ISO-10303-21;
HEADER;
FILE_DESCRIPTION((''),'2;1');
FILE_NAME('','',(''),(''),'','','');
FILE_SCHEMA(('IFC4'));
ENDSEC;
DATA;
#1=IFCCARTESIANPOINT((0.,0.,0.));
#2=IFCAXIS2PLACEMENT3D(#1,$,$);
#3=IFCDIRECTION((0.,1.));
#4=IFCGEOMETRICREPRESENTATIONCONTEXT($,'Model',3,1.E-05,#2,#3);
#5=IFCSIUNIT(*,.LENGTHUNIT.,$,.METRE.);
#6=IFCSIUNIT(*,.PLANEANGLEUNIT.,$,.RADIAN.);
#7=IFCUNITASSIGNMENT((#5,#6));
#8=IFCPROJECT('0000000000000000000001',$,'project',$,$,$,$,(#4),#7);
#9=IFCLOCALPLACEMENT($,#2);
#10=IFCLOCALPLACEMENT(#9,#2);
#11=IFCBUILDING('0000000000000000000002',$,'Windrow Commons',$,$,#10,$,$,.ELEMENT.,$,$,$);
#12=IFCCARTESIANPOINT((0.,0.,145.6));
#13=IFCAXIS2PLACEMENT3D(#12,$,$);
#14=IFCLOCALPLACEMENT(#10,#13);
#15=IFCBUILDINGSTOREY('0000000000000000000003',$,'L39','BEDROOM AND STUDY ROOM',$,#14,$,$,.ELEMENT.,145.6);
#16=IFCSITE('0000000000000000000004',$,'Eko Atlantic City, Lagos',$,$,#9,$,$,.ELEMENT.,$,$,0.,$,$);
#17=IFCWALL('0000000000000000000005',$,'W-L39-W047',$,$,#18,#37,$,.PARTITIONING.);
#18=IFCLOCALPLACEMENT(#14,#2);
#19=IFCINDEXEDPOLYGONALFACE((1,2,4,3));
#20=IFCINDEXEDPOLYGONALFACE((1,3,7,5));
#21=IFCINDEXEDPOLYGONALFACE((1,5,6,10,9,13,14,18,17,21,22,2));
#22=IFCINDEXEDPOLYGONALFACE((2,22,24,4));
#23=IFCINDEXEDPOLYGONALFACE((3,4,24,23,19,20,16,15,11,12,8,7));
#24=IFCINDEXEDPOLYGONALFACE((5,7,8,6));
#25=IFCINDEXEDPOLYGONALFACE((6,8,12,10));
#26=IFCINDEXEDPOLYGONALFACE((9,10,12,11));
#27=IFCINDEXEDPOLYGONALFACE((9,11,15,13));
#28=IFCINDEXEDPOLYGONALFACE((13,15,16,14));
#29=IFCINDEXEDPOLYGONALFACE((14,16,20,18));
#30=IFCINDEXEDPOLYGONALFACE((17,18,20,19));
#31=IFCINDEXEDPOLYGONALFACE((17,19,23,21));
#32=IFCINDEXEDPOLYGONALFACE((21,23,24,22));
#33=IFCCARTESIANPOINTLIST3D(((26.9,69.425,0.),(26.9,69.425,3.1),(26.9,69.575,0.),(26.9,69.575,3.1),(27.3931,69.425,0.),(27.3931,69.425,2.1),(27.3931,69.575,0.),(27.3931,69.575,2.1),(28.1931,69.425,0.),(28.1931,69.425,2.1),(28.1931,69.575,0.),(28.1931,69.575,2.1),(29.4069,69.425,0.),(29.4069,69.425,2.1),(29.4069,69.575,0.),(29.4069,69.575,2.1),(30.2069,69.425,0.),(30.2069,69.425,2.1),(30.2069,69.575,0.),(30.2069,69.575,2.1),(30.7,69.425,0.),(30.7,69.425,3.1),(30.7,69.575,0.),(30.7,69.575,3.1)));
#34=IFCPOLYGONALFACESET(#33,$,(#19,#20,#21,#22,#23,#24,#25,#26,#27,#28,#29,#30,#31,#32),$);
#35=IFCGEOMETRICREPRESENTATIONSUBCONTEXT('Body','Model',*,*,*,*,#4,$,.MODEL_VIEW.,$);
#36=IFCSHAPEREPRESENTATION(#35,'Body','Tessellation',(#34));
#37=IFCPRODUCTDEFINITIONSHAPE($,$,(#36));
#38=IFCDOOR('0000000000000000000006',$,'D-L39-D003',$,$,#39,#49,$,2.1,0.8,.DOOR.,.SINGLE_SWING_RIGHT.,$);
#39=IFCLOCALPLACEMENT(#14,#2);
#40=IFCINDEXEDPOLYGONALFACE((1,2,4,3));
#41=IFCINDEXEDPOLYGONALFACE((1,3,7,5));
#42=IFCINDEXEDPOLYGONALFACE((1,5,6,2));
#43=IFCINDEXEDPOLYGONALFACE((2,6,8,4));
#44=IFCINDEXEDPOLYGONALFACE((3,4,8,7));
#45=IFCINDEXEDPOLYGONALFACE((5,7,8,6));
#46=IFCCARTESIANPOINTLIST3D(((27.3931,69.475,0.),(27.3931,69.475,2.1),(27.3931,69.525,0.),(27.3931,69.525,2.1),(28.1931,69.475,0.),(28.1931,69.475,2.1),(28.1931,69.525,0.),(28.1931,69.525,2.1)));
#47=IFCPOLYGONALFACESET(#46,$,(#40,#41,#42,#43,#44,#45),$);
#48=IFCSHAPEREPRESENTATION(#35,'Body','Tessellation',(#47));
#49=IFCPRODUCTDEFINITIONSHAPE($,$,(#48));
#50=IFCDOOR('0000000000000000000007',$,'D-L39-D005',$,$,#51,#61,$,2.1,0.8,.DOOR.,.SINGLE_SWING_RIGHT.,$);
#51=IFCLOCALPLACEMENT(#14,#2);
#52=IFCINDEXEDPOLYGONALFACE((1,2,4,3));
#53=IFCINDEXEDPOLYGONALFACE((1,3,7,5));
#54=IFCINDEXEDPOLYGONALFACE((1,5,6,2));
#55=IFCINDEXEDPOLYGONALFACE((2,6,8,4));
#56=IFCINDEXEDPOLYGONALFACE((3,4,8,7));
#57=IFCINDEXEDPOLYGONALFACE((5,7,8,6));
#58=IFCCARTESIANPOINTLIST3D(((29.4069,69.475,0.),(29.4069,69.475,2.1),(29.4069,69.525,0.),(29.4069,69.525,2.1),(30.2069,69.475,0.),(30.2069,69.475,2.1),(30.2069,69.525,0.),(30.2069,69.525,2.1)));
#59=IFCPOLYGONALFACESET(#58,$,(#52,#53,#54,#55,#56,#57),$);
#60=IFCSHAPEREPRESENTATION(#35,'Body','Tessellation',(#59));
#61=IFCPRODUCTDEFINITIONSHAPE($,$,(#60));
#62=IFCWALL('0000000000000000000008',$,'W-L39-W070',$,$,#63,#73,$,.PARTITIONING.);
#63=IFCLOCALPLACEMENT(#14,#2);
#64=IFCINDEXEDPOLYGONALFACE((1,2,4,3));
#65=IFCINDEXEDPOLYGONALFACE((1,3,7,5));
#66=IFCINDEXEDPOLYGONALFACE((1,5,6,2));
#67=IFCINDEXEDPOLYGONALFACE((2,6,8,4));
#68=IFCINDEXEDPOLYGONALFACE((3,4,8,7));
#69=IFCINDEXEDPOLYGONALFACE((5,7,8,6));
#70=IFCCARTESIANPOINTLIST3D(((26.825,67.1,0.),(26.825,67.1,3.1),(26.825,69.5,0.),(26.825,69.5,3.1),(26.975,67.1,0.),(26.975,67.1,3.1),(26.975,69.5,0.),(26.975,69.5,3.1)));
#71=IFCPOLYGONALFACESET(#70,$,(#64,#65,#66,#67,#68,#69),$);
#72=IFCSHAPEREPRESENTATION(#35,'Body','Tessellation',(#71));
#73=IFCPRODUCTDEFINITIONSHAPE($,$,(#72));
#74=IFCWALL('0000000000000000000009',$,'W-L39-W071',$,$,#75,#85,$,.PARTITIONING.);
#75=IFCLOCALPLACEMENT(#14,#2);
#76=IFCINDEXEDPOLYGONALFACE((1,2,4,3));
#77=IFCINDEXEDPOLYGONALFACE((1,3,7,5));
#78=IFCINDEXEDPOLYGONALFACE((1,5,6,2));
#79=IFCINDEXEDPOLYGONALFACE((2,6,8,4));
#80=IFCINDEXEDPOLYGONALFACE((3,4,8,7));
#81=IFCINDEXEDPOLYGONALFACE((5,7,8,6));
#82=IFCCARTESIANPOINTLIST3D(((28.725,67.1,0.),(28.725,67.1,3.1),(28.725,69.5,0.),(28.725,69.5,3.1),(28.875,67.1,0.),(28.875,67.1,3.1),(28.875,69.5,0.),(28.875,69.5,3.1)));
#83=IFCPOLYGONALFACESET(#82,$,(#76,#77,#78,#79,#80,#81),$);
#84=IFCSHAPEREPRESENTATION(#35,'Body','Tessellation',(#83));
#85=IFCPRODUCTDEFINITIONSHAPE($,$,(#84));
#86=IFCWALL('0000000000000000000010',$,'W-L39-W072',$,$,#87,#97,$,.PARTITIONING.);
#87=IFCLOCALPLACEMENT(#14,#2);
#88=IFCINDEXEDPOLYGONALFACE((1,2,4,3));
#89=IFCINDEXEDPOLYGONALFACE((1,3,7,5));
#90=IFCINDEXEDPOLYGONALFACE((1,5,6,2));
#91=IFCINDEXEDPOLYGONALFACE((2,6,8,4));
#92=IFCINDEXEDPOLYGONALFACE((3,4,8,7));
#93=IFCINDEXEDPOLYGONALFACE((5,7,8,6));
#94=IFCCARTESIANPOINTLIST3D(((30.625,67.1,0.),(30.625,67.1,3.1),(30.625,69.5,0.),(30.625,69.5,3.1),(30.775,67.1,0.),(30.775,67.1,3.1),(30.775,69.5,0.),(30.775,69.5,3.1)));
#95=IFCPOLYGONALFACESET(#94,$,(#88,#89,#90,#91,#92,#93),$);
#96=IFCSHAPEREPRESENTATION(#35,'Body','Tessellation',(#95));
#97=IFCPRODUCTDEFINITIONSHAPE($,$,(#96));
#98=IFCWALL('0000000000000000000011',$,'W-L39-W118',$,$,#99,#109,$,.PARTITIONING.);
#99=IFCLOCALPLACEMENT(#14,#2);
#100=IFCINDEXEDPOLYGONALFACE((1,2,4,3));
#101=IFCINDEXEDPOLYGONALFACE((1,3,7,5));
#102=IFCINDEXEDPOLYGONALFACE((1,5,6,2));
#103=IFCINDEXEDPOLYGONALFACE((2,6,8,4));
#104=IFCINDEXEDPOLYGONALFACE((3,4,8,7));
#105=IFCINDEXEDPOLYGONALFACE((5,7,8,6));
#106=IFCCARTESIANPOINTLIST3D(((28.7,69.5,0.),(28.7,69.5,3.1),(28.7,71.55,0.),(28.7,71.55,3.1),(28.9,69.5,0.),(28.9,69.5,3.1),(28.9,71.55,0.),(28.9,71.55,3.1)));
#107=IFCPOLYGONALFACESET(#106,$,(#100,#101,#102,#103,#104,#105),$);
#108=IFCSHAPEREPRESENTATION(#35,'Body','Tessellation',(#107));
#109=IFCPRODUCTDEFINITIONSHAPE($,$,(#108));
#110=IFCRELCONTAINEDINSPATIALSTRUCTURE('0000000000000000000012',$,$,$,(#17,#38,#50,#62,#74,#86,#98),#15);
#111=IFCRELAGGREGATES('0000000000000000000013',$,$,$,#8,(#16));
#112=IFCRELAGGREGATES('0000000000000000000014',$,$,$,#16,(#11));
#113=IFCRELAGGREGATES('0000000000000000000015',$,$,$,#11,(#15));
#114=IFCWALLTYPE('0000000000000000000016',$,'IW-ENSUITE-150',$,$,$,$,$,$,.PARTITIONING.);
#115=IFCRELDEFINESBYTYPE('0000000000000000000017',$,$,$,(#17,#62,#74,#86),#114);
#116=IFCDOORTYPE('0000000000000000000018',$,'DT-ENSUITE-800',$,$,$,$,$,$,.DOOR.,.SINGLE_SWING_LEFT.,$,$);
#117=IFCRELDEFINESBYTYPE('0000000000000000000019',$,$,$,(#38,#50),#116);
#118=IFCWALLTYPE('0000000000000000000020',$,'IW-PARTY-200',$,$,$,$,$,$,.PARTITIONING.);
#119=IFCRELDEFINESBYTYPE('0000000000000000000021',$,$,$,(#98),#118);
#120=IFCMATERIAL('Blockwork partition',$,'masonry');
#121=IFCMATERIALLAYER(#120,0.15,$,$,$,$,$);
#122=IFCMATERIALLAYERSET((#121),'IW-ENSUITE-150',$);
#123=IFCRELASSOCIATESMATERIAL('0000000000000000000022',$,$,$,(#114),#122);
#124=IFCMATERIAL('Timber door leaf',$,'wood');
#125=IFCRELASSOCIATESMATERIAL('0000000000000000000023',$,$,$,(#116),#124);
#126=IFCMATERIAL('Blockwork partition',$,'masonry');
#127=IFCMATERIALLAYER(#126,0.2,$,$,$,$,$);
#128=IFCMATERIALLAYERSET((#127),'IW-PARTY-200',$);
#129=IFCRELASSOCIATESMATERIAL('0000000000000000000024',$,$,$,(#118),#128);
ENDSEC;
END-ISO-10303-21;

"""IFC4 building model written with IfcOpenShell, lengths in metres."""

from ifc_helpers import new_model, si_unit, direction, frame, frame_2d, origin, place, context, subcontext, project, spatial, rectangle, extrude, material, layer, layer_set, type_object, element, fill, save


model = new_model("IFC4")

# Units and contexts
model_context = context("Model", 3, precision=1e-05, world=origin(), true_north=direction((0.0, 1.0)))
body_context = subcontext(model_context, "Body", "Model", "MODEL_VIEW")
ifc_project = project(units=[si_unit("LENGTHUNIT", "METRE"), si_unit("PLANEANGLEUNIT", "RADIAN")], contexts=[model_context])

# Site, building, storey
site_placement = place(None, origin())
site = spatial("IfcSite", under=ifc_project, at=site_placement, Name="Eko Atlantic City, Lagos", CompositionType="ELEMENT", RefElevation=0.0)
building_placement = place(site_placement, origin())
building = spatial("IfcBuilding", under=site, at=building_placement, Name="Windrow Commons", CompositionType="ELEMENT")
storey_placement = place(building_placement, frame((0.0, 0.0, 145.6)))
storey = spatial("IfcBuildingStorey", under=building, at=storey_placement, Name="L39", Description="BEDROOM AND STUDY ROOM", CompositionType="ELEMENT", Elevation=145.6)

# Wall, openings, doors
ifc_material_1 = material(Name="Blockwork partition", Category="masonry")
ifc_layer_1 = layer(ifc_material_1, 0.15)
ifc_layer_set_1 = layer_set([ifc_layer_1], Name="IW-ENSUITE-150")
wall_type_1 = type_object("IfcWallType", Name="IW-ENSUITE-150", PredefinedType="PARTITIONING", material=ifc_layer_set_1)
wall_1_placement = place(storey_placement, frame((26.9, 69.5, 0.0), z_axis=(0.0, 0.0, 1.0), x_axis=(1.0, 0.0, 0.0)))
wall_1 = element("IfcWall", 1, at=wall_1_placement, inside=storey, type_object=wall_type_1, Name="W-L39-W047", PredefinedType="PARTITIONING", context=body_context, shape_type="SweptSolid", body=[
    extrude(rectangle(XDim=3.8, YDim=0.15, at=frame_2d((1.9, 0.0))), origin(), (0.0, 0.0, 1.0), 3.1),
])
opening_1_placement = place(wall_1_placement, frame((0.4931, 0.0, 0.0)))
opening_1 = element("IfcOpeningElement", 2, at=opening_1_placement, cuts=wall_1, PredefinedType="OPENING", context=body_context, shape_type="SweptSolid", body=[
    extrude(rectangle(XDim=0.8, YDim=2.1, at=frame_2d((0.4, 1.05))), frame((0.0, 0.085, 0.0), z_axis=(0.0, -1.0, 0.0), x_axis=(1.0, 0.0, 0.0)), (0.0, 0.0, 1.0), 0.17),
])
opening_2_placement = place(wall_1_placement, frame((2.5069, 0.0, 0.0)))
opening_2 = element("IfcOpeningElement", 3, at=opening_2_placement, cuts=wall_1, PredefinedType="OPENING", context=body_context, shape_type="SweptSolid", body=[
    extrude(rectangle(XDim=0.8, YDim=2.1, at=frame_2d((0.4, 1.05))), frame((0.0, 0.085, 0.0), z_axis=(0.0, -1.0, 0.0), x_axis=(1.0, 0.0, 0.0)), (0.0, 0.0, 1.0), 0.17),
])
ifc_material_2 = material(Name="Timber door leaf", Category="wood")
door_type = type_object("IfcDoorType", Name="DT-ENSUITE-800", OperationType="SINGLE_SWING_LEFT", PredefinedType="DOOR", material=ifc_material_2)
door_1_placement = place(opening_1_placement, origin())
door_1 = element("IfcDoor", 4, at=door_1_placement, inside=storey, type_object=door_type, Name="D-L39-D003", OperationType="SINGLE_SWING_RIGHT", OverallHeight=2.1, OverallWidth=0.8, PredefinedType="DOOR", context=body_context, shape_type="SweptSolid", body=[
    extrude(rectangle(XDim=0.8, YDim=2.1, at=frame_2d((0.4, 1.05))), frame((0.0, 0.025, 0.0), z_axis=(0.0, -1.0, 0.0), x_axis=(1.0, 0.0, 0.0)), (0.0, 0.0, 1.0), 0.05),
])
fill(opening_1, door_1)
door_2_placement = place(opening_2_placement, origin())
door_2 = element("IfcDoor", 5, at=door_2_placement, inside=storey, type_object=door_type, Name="D-L39-D005", OperationType="SINGLE_SWING_RIGHT", OverallHeight=2.1, OverallWidth=0.8, PredefinedType="DOOR", context=body_context, shape_type="SweptSolid", body=[
    extrude(rectangle(XDim=0.8, YDim=2.1, at=frame_2d((0.4, 1.05))), frame((0.0, 0.025, 0.0), z_axis=(0.0, -1.0, 0.0), x_axis=(1.0, 0.0, 0.0)), (0.0, 0.0, 1.0), 0.05),
])
fill(opening_2, door_2)

# Walls
for number, where, z_axis, x_axis, name in (
    (6, (26.9, 67.1, 0.0), (0.0, 0.0, 1.0), (0.0, 1.0, 0.0), "W-L39-W070"),
    (7, (28.8, 67.1, 0.0), (0.0, 0.0, 1.0), (0.0, 1.0, 0.0), "W-L39-W071"),
    (8, (30.7, 67.1, 0.0), (0.0, 0.0, 1.0), (0.0, 1.0, 0.0), "W-L39-W072"),
):
    element("IfcWall", number, at=place(storey_placement, frame(where, z_axis=z_axis, x_axis=x_axis)), inside=storey, type_object=wall_type_1, Name=name, PredefinedType="PARTITIONING", context=body_context, shape_type="SweptSolid", body=[
        extrude(rectangle(XDim=2.4, YDim=0.15, at=frame_2d((1.2, 0.0))), origin(), (0.0, 0.0, 1.0), 3.1),
    ])
ifc_material_3 = material(Name="Blockwork partition", Category="masonry")
ifc_layer_2 = layer(ifc_material_3, 0.2)
ifc_layer_set_2 = layer_set([ifc_layer_2], Name="IW-PARTY-200")
wall_type_2 = type_object("IfcWallType", Name="IW-PARTY-200", PredefinedType="PARTITIONING", material=ifc_layer_set_2)
wall_2_placement = place(storey_placement, frame((28.8, 69.5, 0.0), z_axis=(0.0, 0.0, 1.0), x_axis=(0.0, 1.0, 0.0)))
element("IfcWall", 9, at=wall_2_placement, inside=storey, type_object=wall_type_2, Name="W-L39-W118", PredefinedType="PARTITIONING", context=body_context, shape_type="SweptSolid", body=[
    extrude(rectangle(XDim=2.05, YDim=0.2, at=frame_2d((1.025, 0.0))), origin(), (0.0, 0.0, 1.0), 3.1),
])

save(model, "model.ifc")
